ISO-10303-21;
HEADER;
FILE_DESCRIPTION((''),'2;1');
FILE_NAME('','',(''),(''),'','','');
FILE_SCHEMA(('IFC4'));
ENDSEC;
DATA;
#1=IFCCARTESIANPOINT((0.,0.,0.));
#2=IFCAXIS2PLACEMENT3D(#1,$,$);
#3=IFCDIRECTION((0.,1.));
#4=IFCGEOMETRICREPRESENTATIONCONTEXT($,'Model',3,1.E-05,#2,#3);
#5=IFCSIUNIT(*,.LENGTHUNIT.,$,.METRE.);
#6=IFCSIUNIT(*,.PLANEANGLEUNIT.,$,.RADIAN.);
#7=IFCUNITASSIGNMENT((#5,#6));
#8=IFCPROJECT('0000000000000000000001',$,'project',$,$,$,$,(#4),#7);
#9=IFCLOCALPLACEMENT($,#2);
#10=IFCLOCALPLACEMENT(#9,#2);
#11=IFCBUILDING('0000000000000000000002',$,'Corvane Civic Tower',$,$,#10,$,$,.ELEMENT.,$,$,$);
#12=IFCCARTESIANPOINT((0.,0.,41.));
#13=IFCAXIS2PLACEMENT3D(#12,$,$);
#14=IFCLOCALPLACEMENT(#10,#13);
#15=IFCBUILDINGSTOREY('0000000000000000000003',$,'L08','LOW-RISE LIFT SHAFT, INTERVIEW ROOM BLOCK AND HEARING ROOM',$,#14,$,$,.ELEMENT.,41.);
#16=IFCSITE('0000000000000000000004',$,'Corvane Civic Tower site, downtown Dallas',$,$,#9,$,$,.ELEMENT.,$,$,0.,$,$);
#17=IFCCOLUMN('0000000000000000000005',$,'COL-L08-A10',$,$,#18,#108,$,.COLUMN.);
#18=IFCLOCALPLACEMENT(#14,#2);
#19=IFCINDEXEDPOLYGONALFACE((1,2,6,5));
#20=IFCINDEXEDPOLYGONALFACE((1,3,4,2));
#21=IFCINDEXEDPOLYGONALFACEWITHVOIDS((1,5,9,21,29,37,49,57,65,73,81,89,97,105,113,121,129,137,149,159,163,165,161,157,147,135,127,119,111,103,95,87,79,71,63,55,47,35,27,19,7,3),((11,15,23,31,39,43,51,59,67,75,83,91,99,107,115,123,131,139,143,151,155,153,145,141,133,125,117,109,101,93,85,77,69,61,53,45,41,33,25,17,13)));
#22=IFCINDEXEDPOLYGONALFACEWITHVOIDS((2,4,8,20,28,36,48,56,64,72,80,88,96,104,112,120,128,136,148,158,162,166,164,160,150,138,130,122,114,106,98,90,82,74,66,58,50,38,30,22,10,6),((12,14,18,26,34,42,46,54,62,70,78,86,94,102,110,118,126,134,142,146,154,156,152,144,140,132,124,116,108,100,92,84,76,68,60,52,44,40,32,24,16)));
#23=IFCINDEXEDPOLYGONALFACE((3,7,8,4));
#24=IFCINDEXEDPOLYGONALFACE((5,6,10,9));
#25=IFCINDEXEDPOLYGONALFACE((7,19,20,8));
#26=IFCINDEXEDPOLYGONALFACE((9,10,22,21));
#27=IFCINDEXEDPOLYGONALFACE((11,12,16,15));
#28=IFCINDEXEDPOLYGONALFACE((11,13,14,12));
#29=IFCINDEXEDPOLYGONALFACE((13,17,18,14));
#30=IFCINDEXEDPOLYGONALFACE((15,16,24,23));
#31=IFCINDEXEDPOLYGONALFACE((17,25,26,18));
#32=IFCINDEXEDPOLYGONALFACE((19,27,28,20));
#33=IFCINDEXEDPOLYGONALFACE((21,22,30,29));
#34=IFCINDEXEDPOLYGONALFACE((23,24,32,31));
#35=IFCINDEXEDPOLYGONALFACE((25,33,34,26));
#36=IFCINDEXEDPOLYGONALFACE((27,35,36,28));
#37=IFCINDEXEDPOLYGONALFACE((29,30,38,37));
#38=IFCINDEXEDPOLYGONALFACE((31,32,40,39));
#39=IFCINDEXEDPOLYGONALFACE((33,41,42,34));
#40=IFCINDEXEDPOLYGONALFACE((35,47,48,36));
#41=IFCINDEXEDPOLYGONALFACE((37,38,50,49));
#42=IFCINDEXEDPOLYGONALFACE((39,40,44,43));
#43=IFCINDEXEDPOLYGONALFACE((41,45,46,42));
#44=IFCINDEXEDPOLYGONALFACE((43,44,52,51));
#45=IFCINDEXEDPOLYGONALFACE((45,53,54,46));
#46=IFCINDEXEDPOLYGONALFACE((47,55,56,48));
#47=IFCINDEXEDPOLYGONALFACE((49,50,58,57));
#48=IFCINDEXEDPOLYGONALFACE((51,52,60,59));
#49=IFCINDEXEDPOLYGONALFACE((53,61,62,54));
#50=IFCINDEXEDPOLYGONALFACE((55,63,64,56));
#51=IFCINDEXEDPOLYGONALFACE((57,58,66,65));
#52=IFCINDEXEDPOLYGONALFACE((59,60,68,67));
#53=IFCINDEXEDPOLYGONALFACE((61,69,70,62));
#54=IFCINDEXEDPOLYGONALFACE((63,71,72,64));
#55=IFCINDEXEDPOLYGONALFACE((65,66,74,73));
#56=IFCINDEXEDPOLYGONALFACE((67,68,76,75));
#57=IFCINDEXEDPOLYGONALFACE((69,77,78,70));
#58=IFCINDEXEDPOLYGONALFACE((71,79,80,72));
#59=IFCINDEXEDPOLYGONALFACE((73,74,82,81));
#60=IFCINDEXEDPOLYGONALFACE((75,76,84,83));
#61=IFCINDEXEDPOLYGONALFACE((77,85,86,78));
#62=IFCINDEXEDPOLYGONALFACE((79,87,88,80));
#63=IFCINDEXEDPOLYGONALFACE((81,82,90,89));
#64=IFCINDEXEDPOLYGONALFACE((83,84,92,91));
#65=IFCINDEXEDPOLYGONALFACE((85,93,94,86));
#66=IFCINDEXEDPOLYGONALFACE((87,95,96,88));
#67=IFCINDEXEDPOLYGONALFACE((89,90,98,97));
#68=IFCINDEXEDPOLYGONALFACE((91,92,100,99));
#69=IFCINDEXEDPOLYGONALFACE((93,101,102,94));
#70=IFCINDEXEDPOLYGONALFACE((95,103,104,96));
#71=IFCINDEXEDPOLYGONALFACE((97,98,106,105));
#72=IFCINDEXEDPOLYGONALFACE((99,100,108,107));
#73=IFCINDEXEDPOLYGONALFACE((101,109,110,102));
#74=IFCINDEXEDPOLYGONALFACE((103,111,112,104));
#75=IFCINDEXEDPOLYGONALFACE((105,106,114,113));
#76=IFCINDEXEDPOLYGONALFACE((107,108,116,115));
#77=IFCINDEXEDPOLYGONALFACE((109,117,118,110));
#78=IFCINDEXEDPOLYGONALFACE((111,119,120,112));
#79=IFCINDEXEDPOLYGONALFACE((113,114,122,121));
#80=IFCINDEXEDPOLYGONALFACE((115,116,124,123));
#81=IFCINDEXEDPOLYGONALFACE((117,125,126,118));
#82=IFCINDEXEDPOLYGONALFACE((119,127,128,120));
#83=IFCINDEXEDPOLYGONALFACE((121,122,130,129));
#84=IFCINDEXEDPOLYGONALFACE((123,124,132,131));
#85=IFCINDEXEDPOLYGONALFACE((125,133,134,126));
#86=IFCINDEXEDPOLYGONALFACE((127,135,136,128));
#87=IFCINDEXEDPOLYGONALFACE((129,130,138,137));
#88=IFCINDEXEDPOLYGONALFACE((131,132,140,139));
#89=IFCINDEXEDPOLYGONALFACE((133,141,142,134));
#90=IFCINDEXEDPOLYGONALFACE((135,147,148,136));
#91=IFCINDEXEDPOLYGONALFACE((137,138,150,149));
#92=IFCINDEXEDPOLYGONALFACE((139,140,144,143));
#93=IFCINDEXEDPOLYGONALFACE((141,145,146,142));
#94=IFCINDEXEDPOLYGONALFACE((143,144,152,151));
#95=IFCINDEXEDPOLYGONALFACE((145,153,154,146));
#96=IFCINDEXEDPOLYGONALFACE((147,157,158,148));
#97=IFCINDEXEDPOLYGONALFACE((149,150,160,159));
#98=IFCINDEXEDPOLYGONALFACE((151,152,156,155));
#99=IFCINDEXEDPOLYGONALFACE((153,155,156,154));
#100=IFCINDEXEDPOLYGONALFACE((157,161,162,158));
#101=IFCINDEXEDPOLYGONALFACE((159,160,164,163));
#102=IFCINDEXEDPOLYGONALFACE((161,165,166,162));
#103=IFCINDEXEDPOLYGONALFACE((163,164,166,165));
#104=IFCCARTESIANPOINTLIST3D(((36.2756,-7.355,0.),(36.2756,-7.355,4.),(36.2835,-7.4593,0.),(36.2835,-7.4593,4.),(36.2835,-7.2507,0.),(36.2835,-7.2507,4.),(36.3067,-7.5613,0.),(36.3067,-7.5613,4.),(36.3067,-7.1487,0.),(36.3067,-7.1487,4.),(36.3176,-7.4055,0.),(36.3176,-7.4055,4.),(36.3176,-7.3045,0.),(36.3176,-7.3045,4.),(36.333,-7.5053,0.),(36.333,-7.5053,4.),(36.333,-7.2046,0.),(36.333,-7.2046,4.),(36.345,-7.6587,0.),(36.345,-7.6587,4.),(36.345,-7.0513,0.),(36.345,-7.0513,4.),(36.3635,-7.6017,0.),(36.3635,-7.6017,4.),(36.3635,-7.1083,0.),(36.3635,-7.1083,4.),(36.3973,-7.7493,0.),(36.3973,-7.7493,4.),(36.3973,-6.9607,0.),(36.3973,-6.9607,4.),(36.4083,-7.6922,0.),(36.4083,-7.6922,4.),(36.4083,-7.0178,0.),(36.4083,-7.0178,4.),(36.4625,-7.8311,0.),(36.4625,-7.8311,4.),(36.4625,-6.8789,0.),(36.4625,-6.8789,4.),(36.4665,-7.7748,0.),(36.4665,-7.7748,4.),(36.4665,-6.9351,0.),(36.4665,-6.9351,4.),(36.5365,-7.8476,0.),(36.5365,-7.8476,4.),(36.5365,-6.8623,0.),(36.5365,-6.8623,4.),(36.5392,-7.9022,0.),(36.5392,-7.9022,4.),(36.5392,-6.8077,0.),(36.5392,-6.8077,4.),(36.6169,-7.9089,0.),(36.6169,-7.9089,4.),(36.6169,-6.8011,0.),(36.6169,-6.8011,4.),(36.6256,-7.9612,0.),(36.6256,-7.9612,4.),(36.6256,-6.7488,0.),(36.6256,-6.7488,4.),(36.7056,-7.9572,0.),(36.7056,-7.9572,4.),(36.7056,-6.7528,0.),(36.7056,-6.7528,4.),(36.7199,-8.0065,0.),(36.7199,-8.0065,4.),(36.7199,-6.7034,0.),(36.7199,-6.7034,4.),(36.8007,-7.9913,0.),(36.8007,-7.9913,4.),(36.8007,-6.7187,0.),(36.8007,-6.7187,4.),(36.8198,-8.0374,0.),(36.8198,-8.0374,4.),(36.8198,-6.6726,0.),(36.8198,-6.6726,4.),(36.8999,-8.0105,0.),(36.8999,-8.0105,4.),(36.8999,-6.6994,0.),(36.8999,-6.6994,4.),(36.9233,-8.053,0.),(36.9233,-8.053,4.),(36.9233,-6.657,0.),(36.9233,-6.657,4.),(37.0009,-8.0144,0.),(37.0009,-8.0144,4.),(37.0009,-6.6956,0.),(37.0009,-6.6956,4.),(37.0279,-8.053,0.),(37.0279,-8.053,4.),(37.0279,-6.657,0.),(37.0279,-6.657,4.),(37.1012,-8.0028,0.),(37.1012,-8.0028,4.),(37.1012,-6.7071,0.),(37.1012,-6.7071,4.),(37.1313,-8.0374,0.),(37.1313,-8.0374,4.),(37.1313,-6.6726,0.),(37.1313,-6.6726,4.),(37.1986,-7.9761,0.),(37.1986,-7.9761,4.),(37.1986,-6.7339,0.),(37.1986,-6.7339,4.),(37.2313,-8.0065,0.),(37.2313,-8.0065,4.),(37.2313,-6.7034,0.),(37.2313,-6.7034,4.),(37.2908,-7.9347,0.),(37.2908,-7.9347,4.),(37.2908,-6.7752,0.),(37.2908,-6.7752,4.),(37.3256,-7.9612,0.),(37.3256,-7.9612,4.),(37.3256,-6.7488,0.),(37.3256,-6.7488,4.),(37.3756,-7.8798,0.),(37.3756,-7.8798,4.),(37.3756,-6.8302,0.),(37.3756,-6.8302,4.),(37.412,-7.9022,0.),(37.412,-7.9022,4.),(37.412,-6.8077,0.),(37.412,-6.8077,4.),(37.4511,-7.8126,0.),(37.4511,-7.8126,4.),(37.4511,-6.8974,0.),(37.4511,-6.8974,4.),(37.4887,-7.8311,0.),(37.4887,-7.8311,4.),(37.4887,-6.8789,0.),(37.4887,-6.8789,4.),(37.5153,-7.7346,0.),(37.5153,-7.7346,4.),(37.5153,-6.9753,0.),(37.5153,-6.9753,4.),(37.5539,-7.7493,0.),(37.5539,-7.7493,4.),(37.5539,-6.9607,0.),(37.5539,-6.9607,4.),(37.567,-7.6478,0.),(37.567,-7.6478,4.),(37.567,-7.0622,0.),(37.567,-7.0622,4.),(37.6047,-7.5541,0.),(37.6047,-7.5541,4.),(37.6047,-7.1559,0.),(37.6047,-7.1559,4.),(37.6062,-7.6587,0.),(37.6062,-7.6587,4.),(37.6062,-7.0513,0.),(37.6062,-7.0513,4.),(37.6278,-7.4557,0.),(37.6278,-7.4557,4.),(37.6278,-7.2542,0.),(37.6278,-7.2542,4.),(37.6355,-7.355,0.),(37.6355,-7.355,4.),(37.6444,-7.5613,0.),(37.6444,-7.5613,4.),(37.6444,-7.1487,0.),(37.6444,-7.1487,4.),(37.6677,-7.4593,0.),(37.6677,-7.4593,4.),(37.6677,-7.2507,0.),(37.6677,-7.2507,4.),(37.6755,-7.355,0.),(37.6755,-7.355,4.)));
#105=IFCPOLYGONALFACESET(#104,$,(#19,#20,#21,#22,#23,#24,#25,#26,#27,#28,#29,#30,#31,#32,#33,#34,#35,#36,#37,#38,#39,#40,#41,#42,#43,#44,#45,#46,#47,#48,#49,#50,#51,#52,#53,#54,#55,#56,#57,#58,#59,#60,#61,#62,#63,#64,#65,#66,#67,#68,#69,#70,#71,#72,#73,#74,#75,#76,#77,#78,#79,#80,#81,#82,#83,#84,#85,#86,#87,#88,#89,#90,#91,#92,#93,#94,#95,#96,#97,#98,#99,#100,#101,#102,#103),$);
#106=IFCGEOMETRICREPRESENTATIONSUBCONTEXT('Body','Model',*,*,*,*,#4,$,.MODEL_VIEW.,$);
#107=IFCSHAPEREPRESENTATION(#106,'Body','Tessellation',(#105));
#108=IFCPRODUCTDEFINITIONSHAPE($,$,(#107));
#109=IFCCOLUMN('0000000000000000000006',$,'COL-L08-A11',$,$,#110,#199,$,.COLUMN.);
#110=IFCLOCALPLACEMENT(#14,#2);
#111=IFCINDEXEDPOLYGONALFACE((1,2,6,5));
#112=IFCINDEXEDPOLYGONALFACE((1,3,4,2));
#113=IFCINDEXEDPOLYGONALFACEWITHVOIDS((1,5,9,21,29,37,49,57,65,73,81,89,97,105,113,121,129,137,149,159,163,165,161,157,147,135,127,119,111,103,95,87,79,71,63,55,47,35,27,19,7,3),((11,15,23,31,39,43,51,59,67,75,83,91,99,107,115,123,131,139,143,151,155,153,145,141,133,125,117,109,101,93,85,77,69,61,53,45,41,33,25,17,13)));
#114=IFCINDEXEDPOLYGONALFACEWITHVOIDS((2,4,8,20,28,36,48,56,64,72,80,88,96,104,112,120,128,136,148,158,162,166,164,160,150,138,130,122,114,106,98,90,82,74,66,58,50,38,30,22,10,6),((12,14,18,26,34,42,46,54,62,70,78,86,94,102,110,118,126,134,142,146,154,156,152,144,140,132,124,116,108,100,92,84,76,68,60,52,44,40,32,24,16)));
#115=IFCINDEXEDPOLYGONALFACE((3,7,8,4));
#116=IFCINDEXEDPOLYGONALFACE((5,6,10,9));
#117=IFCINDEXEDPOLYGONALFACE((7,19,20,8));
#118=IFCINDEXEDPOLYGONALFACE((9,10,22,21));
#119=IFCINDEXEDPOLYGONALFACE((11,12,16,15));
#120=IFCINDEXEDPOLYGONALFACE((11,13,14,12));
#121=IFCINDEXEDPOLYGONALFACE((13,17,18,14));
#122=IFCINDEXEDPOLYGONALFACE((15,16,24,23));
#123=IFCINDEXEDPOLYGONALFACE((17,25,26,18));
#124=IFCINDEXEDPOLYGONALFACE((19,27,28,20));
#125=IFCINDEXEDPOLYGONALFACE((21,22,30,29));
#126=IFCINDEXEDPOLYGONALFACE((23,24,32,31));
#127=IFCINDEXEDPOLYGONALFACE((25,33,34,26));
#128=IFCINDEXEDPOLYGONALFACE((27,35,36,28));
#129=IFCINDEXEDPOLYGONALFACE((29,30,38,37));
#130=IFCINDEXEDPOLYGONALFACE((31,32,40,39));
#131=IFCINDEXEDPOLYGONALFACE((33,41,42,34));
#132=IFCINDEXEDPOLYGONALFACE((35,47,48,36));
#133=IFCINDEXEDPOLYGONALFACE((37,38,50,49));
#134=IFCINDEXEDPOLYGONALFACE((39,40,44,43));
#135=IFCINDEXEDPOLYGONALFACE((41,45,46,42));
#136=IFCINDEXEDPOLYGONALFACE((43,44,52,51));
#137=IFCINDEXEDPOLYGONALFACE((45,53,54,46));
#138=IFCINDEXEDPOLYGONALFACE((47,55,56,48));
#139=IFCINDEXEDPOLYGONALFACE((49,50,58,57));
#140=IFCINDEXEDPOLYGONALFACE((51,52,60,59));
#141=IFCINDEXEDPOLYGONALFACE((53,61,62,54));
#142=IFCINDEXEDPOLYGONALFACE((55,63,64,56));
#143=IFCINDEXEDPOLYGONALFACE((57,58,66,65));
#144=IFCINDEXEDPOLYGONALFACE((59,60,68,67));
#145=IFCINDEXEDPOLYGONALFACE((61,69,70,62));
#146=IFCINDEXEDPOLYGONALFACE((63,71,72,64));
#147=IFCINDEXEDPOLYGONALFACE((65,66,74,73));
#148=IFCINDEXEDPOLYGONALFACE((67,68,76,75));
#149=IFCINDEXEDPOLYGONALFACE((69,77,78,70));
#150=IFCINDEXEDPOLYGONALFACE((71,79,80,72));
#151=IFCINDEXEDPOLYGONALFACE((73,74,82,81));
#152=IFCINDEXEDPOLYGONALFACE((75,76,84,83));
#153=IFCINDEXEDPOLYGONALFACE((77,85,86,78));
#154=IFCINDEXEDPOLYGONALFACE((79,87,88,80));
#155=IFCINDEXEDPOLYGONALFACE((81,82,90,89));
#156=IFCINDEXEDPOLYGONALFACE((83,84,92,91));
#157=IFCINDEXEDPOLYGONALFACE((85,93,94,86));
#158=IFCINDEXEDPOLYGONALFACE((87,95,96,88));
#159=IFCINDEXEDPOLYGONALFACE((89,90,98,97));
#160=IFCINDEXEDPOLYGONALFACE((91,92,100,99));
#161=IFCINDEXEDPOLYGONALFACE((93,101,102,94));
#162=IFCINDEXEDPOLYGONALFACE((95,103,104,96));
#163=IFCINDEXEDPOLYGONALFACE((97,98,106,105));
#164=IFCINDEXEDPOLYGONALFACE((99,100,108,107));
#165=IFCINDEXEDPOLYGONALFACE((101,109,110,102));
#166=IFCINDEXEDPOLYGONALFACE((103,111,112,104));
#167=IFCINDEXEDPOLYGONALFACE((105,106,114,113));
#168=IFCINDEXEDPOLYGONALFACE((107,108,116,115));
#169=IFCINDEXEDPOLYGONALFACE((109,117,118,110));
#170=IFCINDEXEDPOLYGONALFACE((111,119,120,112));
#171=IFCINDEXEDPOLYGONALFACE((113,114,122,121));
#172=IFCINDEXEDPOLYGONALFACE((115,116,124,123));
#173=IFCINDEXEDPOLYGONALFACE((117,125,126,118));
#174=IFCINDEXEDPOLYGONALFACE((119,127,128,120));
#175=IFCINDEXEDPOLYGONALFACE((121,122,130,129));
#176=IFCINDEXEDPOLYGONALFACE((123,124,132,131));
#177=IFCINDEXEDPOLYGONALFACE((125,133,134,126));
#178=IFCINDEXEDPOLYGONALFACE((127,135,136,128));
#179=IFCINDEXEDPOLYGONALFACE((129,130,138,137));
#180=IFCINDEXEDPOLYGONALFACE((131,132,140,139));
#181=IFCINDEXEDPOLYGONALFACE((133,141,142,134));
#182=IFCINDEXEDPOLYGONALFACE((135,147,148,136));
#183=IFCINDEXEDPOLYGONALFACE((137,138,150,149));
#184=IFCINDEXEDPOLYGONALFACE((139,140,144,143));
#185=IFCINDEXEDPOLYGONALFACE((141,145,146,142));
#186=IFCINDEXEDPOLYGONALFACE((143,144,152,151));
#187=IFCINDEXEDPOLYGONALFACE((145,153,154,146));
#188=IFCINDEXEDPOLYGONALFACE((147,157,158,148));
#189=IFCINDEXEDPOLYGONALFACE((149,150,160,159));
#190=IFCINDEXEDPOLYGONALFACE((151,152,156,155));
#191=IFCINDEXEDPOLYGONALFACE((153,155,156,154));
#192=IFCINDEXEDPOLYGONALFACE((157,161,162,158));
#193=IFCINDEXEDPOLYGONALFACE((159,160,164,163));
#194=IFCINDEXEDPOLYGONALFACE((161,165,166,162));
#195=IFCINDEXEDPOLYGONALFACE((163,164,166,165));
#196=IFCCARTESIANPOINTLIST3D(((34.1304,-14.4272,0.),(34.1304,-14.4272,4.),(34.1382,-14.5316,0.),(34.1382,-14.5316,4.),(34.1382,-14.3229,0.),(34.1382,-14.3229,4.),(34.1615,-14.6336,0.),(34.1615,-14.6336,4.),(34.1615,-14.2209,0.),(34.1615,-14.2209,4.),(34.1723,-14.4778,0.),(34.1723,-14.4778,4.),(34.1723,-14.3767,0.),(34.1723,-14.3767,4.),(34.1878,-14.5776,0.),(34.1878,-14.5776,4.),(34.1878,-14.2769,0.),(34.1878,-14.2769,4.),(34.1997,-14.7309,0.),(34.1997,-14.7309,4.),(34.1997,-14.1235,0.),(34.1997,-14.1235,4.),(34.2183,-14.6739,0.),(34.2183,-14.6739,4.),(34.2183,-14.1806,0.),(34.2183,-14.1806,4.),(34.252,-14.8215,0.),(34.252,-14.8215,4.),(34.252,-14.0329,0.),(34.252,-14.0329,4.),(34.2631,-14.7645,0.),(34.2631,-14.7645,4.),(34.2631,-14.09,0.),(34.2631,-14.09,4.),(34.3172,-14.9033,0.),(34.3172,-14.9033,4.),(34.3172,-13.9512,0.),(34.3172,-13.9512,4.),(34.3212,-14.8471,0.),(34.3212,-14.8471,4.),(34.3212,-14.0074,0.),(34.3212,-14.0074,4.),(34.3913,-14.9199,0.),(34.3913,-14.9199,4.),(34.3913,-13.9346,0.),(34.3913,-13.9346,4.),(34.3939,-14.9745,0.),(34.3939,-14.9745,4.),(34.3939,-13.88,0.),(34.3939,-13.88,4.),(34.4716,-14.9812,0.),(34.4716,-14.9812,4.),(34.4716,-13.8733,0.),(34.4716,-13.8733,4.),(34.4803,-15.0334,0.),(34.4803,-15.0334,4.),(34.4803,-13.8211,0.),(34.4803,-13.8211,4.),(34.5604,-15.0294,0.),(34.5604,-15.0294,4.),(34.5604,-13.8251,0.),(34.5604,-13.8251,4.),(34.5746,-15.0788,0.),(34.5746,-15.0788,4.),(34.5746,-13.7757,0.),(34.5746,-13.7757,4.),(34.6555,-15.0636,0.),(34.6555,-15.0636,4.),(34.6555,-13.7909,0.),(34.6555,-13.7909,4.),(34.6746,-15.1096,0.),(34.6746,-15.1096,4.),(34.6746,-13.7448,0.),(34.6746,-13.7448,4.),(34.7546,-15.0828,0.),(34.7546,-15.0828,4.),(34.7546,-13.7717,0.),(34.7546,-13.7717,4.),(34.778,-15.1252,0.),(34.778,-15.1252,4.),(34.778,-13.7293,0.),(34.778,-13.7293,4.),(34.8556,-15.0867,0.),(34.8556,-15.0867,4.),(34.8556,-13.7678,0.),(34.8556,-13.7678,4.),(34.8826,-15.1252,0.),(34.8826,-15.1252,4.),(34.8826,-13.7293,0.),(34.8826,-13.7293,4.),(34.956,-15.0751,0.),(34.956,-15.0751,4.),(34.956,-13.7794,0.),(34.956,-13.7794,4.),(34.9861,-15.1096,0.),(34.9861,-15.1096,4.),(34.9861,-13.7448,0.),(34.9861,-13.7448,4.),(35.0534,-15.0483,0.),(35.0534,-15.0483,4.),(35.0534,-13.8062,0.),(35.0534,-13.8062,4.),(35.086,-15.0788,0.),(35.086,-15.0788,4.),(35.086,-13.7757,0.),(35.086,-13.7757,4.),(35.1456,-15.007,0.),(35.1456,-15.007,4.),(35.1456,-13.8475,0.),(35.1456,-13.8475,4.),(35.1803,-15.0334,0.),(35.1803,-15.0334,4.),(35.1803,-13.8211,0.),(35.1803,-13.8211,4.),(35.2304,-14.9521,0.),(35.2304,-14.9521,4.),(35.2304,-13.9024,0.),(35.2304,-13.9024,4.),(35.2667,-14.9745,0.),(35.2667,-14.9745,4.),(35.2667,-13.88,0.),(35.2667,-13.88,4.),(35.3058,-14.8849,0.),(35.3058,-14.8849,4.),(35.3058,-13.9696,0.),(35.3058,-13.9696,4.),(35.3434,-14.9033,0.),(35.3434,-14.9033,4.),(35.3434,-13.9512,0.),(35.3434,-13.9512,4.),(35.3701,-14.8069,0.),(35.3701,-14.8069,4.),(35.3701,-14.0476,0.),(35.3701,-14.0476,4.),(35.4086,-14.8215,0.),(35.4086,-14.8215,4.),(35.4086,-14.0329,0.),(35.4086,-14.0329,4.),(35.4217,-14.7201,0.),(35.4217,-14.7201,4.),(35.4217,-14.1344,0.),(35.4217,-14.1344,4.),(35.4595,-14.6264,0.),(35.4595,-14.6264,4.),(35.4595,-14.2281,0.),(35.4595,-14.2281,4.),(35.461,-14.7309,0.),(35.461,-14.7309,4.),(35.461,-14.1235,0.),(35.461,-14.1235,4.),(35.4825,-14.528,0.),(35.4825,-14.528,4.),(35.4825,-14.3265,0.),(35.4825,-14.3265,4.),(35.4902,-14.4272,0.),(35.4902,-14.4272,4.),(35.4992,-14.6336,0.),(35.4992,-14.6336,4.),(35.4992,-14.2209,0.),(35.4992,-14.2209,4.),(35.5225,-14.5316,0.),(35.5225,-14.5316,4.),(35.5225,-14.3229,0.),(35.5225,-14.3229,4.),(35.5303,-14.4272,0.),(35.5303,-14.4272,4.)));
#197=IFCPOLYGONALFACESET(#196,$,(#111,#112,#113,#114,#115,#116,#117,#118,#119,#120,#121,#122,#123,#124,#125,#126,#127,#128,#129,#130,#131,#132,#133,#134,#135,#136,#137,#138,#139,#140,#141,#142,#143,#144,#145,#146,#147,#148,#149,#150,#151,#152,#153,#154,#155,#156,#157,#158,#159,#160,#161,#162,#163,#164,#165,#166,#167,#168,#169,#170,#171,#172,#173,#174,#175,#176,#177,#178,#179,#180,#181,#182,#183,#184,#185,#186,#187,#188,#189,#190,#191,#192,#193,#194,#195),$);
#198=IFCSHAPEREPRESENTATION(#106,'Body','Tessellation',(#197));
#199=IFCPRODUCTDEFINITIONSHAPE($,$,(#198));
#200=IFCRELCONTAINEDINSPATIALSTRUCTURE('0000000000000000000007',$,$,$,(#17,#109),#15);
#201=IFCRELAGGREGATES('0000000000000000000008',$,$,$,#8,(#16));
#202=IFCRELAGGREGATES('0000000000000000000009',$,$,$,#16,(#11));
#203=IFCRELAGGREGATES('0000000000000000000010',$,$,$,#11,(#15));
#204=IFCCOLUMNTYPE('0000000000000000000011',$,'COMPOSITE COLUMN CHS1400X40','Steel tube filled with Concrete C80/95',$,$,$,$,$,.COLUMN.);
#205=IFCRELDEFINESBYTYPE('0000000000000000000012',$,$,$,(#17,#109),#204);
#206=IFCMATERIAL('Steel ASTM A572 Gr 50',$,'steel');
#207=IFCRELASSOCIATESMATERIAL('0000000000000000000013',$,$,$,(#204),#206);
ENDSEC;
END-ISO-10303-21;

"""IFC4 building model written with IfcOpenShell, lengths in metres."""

from ifc_helpers import new_model, si_unit, direction, frame, origin, origin_2d, place, context, subcontext, project, spatial, hollow_circle, extrude, material, material_profile, profile_set, type_object, element, save


model = new_model("IFC4")

# Units and contexts
model_context = context("Model", 3, precision=1e-05, world=origin(), true_north=direction((0.0, 1.0)))
body_context = subcontext(model_context, "Body", "Model", "MODEL_VIEW")
ifc_project = project(units=[si_unit("LENGTHUNIT", "METRE"), si_unit("PLANEANGLEUNIT", "RADIAN")], contexts=[model_context])

# Site, building, storey
site_placement = place(None, origin())
site = spatial("IfcSite", under=ifc_project, at=site_placement, Name="Corvane Civic Tower site, downtown Dallas", CompositionType="ELEMENT", RefElevation=0.0)
building_placement = place(site_placement, origin())
building = spatial("IfcBuilding", under=site, at=building_placement, Name="Corvane Civic Tower", CompositionType="ELEMENT")
storey_placement = place(building_placement, frame((0.0, 0.0, 41.0)))
storey = spatial("IfcBuildingStorey", under=building, at=storey_placement, Name="L08", Description="LOW-RISE LIFT SHAFT, INTERVIEW ROOM BLOCK AND HEARING ROOM", CompositionType="ELEMENT", Elevation=41.0)

# Columns
ifc_material_1 = material(Name="Steel ASTM A572 Gr 50", Category="steel")
ifc_material_profile_1 = material_profile(ifc_material_1, hollow_circle(Radius=0.7, WallThickness=0.04, at=origin_2d()), Name="CHS1400X40")
ifc_profile_set_1 = profile_set([ifc_material_profile_1], Name="Steel ASTM A572 Gr 50")
column_type = type_object("IfcColumnType", Name="COMPOSITE COLUMN CHS1400X40", Description="Steel tube filled with Concrete C80/95", PredefinedType="COLUMN", material=ifc_profile_set_1)
for number, where, z_axis, x_axis, name in (
    (1, (36.9756, -7.355, 0.0), (0.0, 0.0, 1.0), (1.0, 0.0, 0.0), "COL-L08-A10"),
    (2, (34.8303, -14.4272, 0.0), (0.0, 0.0, 1.0), (1.0, 0.0, 0.0), "COL-L08-A11"),
):
    element("IfcColumn", number, at=place(storey_placement, frame(where, z_axis=z_axis, x_axis=x_axis)), inside=storey, type_object=column_type, Name=name, PredefinedType="COLUMN", context=body_context, shape_type="SweptSolid", body=[
        extrude(hollow_circle(Radius=0.7, WallThickness=0.04, at=origin_2d()), origin(), (0.0, 0.0, 1.0), 4.0),
    ])

save(model, "model.ifc")
